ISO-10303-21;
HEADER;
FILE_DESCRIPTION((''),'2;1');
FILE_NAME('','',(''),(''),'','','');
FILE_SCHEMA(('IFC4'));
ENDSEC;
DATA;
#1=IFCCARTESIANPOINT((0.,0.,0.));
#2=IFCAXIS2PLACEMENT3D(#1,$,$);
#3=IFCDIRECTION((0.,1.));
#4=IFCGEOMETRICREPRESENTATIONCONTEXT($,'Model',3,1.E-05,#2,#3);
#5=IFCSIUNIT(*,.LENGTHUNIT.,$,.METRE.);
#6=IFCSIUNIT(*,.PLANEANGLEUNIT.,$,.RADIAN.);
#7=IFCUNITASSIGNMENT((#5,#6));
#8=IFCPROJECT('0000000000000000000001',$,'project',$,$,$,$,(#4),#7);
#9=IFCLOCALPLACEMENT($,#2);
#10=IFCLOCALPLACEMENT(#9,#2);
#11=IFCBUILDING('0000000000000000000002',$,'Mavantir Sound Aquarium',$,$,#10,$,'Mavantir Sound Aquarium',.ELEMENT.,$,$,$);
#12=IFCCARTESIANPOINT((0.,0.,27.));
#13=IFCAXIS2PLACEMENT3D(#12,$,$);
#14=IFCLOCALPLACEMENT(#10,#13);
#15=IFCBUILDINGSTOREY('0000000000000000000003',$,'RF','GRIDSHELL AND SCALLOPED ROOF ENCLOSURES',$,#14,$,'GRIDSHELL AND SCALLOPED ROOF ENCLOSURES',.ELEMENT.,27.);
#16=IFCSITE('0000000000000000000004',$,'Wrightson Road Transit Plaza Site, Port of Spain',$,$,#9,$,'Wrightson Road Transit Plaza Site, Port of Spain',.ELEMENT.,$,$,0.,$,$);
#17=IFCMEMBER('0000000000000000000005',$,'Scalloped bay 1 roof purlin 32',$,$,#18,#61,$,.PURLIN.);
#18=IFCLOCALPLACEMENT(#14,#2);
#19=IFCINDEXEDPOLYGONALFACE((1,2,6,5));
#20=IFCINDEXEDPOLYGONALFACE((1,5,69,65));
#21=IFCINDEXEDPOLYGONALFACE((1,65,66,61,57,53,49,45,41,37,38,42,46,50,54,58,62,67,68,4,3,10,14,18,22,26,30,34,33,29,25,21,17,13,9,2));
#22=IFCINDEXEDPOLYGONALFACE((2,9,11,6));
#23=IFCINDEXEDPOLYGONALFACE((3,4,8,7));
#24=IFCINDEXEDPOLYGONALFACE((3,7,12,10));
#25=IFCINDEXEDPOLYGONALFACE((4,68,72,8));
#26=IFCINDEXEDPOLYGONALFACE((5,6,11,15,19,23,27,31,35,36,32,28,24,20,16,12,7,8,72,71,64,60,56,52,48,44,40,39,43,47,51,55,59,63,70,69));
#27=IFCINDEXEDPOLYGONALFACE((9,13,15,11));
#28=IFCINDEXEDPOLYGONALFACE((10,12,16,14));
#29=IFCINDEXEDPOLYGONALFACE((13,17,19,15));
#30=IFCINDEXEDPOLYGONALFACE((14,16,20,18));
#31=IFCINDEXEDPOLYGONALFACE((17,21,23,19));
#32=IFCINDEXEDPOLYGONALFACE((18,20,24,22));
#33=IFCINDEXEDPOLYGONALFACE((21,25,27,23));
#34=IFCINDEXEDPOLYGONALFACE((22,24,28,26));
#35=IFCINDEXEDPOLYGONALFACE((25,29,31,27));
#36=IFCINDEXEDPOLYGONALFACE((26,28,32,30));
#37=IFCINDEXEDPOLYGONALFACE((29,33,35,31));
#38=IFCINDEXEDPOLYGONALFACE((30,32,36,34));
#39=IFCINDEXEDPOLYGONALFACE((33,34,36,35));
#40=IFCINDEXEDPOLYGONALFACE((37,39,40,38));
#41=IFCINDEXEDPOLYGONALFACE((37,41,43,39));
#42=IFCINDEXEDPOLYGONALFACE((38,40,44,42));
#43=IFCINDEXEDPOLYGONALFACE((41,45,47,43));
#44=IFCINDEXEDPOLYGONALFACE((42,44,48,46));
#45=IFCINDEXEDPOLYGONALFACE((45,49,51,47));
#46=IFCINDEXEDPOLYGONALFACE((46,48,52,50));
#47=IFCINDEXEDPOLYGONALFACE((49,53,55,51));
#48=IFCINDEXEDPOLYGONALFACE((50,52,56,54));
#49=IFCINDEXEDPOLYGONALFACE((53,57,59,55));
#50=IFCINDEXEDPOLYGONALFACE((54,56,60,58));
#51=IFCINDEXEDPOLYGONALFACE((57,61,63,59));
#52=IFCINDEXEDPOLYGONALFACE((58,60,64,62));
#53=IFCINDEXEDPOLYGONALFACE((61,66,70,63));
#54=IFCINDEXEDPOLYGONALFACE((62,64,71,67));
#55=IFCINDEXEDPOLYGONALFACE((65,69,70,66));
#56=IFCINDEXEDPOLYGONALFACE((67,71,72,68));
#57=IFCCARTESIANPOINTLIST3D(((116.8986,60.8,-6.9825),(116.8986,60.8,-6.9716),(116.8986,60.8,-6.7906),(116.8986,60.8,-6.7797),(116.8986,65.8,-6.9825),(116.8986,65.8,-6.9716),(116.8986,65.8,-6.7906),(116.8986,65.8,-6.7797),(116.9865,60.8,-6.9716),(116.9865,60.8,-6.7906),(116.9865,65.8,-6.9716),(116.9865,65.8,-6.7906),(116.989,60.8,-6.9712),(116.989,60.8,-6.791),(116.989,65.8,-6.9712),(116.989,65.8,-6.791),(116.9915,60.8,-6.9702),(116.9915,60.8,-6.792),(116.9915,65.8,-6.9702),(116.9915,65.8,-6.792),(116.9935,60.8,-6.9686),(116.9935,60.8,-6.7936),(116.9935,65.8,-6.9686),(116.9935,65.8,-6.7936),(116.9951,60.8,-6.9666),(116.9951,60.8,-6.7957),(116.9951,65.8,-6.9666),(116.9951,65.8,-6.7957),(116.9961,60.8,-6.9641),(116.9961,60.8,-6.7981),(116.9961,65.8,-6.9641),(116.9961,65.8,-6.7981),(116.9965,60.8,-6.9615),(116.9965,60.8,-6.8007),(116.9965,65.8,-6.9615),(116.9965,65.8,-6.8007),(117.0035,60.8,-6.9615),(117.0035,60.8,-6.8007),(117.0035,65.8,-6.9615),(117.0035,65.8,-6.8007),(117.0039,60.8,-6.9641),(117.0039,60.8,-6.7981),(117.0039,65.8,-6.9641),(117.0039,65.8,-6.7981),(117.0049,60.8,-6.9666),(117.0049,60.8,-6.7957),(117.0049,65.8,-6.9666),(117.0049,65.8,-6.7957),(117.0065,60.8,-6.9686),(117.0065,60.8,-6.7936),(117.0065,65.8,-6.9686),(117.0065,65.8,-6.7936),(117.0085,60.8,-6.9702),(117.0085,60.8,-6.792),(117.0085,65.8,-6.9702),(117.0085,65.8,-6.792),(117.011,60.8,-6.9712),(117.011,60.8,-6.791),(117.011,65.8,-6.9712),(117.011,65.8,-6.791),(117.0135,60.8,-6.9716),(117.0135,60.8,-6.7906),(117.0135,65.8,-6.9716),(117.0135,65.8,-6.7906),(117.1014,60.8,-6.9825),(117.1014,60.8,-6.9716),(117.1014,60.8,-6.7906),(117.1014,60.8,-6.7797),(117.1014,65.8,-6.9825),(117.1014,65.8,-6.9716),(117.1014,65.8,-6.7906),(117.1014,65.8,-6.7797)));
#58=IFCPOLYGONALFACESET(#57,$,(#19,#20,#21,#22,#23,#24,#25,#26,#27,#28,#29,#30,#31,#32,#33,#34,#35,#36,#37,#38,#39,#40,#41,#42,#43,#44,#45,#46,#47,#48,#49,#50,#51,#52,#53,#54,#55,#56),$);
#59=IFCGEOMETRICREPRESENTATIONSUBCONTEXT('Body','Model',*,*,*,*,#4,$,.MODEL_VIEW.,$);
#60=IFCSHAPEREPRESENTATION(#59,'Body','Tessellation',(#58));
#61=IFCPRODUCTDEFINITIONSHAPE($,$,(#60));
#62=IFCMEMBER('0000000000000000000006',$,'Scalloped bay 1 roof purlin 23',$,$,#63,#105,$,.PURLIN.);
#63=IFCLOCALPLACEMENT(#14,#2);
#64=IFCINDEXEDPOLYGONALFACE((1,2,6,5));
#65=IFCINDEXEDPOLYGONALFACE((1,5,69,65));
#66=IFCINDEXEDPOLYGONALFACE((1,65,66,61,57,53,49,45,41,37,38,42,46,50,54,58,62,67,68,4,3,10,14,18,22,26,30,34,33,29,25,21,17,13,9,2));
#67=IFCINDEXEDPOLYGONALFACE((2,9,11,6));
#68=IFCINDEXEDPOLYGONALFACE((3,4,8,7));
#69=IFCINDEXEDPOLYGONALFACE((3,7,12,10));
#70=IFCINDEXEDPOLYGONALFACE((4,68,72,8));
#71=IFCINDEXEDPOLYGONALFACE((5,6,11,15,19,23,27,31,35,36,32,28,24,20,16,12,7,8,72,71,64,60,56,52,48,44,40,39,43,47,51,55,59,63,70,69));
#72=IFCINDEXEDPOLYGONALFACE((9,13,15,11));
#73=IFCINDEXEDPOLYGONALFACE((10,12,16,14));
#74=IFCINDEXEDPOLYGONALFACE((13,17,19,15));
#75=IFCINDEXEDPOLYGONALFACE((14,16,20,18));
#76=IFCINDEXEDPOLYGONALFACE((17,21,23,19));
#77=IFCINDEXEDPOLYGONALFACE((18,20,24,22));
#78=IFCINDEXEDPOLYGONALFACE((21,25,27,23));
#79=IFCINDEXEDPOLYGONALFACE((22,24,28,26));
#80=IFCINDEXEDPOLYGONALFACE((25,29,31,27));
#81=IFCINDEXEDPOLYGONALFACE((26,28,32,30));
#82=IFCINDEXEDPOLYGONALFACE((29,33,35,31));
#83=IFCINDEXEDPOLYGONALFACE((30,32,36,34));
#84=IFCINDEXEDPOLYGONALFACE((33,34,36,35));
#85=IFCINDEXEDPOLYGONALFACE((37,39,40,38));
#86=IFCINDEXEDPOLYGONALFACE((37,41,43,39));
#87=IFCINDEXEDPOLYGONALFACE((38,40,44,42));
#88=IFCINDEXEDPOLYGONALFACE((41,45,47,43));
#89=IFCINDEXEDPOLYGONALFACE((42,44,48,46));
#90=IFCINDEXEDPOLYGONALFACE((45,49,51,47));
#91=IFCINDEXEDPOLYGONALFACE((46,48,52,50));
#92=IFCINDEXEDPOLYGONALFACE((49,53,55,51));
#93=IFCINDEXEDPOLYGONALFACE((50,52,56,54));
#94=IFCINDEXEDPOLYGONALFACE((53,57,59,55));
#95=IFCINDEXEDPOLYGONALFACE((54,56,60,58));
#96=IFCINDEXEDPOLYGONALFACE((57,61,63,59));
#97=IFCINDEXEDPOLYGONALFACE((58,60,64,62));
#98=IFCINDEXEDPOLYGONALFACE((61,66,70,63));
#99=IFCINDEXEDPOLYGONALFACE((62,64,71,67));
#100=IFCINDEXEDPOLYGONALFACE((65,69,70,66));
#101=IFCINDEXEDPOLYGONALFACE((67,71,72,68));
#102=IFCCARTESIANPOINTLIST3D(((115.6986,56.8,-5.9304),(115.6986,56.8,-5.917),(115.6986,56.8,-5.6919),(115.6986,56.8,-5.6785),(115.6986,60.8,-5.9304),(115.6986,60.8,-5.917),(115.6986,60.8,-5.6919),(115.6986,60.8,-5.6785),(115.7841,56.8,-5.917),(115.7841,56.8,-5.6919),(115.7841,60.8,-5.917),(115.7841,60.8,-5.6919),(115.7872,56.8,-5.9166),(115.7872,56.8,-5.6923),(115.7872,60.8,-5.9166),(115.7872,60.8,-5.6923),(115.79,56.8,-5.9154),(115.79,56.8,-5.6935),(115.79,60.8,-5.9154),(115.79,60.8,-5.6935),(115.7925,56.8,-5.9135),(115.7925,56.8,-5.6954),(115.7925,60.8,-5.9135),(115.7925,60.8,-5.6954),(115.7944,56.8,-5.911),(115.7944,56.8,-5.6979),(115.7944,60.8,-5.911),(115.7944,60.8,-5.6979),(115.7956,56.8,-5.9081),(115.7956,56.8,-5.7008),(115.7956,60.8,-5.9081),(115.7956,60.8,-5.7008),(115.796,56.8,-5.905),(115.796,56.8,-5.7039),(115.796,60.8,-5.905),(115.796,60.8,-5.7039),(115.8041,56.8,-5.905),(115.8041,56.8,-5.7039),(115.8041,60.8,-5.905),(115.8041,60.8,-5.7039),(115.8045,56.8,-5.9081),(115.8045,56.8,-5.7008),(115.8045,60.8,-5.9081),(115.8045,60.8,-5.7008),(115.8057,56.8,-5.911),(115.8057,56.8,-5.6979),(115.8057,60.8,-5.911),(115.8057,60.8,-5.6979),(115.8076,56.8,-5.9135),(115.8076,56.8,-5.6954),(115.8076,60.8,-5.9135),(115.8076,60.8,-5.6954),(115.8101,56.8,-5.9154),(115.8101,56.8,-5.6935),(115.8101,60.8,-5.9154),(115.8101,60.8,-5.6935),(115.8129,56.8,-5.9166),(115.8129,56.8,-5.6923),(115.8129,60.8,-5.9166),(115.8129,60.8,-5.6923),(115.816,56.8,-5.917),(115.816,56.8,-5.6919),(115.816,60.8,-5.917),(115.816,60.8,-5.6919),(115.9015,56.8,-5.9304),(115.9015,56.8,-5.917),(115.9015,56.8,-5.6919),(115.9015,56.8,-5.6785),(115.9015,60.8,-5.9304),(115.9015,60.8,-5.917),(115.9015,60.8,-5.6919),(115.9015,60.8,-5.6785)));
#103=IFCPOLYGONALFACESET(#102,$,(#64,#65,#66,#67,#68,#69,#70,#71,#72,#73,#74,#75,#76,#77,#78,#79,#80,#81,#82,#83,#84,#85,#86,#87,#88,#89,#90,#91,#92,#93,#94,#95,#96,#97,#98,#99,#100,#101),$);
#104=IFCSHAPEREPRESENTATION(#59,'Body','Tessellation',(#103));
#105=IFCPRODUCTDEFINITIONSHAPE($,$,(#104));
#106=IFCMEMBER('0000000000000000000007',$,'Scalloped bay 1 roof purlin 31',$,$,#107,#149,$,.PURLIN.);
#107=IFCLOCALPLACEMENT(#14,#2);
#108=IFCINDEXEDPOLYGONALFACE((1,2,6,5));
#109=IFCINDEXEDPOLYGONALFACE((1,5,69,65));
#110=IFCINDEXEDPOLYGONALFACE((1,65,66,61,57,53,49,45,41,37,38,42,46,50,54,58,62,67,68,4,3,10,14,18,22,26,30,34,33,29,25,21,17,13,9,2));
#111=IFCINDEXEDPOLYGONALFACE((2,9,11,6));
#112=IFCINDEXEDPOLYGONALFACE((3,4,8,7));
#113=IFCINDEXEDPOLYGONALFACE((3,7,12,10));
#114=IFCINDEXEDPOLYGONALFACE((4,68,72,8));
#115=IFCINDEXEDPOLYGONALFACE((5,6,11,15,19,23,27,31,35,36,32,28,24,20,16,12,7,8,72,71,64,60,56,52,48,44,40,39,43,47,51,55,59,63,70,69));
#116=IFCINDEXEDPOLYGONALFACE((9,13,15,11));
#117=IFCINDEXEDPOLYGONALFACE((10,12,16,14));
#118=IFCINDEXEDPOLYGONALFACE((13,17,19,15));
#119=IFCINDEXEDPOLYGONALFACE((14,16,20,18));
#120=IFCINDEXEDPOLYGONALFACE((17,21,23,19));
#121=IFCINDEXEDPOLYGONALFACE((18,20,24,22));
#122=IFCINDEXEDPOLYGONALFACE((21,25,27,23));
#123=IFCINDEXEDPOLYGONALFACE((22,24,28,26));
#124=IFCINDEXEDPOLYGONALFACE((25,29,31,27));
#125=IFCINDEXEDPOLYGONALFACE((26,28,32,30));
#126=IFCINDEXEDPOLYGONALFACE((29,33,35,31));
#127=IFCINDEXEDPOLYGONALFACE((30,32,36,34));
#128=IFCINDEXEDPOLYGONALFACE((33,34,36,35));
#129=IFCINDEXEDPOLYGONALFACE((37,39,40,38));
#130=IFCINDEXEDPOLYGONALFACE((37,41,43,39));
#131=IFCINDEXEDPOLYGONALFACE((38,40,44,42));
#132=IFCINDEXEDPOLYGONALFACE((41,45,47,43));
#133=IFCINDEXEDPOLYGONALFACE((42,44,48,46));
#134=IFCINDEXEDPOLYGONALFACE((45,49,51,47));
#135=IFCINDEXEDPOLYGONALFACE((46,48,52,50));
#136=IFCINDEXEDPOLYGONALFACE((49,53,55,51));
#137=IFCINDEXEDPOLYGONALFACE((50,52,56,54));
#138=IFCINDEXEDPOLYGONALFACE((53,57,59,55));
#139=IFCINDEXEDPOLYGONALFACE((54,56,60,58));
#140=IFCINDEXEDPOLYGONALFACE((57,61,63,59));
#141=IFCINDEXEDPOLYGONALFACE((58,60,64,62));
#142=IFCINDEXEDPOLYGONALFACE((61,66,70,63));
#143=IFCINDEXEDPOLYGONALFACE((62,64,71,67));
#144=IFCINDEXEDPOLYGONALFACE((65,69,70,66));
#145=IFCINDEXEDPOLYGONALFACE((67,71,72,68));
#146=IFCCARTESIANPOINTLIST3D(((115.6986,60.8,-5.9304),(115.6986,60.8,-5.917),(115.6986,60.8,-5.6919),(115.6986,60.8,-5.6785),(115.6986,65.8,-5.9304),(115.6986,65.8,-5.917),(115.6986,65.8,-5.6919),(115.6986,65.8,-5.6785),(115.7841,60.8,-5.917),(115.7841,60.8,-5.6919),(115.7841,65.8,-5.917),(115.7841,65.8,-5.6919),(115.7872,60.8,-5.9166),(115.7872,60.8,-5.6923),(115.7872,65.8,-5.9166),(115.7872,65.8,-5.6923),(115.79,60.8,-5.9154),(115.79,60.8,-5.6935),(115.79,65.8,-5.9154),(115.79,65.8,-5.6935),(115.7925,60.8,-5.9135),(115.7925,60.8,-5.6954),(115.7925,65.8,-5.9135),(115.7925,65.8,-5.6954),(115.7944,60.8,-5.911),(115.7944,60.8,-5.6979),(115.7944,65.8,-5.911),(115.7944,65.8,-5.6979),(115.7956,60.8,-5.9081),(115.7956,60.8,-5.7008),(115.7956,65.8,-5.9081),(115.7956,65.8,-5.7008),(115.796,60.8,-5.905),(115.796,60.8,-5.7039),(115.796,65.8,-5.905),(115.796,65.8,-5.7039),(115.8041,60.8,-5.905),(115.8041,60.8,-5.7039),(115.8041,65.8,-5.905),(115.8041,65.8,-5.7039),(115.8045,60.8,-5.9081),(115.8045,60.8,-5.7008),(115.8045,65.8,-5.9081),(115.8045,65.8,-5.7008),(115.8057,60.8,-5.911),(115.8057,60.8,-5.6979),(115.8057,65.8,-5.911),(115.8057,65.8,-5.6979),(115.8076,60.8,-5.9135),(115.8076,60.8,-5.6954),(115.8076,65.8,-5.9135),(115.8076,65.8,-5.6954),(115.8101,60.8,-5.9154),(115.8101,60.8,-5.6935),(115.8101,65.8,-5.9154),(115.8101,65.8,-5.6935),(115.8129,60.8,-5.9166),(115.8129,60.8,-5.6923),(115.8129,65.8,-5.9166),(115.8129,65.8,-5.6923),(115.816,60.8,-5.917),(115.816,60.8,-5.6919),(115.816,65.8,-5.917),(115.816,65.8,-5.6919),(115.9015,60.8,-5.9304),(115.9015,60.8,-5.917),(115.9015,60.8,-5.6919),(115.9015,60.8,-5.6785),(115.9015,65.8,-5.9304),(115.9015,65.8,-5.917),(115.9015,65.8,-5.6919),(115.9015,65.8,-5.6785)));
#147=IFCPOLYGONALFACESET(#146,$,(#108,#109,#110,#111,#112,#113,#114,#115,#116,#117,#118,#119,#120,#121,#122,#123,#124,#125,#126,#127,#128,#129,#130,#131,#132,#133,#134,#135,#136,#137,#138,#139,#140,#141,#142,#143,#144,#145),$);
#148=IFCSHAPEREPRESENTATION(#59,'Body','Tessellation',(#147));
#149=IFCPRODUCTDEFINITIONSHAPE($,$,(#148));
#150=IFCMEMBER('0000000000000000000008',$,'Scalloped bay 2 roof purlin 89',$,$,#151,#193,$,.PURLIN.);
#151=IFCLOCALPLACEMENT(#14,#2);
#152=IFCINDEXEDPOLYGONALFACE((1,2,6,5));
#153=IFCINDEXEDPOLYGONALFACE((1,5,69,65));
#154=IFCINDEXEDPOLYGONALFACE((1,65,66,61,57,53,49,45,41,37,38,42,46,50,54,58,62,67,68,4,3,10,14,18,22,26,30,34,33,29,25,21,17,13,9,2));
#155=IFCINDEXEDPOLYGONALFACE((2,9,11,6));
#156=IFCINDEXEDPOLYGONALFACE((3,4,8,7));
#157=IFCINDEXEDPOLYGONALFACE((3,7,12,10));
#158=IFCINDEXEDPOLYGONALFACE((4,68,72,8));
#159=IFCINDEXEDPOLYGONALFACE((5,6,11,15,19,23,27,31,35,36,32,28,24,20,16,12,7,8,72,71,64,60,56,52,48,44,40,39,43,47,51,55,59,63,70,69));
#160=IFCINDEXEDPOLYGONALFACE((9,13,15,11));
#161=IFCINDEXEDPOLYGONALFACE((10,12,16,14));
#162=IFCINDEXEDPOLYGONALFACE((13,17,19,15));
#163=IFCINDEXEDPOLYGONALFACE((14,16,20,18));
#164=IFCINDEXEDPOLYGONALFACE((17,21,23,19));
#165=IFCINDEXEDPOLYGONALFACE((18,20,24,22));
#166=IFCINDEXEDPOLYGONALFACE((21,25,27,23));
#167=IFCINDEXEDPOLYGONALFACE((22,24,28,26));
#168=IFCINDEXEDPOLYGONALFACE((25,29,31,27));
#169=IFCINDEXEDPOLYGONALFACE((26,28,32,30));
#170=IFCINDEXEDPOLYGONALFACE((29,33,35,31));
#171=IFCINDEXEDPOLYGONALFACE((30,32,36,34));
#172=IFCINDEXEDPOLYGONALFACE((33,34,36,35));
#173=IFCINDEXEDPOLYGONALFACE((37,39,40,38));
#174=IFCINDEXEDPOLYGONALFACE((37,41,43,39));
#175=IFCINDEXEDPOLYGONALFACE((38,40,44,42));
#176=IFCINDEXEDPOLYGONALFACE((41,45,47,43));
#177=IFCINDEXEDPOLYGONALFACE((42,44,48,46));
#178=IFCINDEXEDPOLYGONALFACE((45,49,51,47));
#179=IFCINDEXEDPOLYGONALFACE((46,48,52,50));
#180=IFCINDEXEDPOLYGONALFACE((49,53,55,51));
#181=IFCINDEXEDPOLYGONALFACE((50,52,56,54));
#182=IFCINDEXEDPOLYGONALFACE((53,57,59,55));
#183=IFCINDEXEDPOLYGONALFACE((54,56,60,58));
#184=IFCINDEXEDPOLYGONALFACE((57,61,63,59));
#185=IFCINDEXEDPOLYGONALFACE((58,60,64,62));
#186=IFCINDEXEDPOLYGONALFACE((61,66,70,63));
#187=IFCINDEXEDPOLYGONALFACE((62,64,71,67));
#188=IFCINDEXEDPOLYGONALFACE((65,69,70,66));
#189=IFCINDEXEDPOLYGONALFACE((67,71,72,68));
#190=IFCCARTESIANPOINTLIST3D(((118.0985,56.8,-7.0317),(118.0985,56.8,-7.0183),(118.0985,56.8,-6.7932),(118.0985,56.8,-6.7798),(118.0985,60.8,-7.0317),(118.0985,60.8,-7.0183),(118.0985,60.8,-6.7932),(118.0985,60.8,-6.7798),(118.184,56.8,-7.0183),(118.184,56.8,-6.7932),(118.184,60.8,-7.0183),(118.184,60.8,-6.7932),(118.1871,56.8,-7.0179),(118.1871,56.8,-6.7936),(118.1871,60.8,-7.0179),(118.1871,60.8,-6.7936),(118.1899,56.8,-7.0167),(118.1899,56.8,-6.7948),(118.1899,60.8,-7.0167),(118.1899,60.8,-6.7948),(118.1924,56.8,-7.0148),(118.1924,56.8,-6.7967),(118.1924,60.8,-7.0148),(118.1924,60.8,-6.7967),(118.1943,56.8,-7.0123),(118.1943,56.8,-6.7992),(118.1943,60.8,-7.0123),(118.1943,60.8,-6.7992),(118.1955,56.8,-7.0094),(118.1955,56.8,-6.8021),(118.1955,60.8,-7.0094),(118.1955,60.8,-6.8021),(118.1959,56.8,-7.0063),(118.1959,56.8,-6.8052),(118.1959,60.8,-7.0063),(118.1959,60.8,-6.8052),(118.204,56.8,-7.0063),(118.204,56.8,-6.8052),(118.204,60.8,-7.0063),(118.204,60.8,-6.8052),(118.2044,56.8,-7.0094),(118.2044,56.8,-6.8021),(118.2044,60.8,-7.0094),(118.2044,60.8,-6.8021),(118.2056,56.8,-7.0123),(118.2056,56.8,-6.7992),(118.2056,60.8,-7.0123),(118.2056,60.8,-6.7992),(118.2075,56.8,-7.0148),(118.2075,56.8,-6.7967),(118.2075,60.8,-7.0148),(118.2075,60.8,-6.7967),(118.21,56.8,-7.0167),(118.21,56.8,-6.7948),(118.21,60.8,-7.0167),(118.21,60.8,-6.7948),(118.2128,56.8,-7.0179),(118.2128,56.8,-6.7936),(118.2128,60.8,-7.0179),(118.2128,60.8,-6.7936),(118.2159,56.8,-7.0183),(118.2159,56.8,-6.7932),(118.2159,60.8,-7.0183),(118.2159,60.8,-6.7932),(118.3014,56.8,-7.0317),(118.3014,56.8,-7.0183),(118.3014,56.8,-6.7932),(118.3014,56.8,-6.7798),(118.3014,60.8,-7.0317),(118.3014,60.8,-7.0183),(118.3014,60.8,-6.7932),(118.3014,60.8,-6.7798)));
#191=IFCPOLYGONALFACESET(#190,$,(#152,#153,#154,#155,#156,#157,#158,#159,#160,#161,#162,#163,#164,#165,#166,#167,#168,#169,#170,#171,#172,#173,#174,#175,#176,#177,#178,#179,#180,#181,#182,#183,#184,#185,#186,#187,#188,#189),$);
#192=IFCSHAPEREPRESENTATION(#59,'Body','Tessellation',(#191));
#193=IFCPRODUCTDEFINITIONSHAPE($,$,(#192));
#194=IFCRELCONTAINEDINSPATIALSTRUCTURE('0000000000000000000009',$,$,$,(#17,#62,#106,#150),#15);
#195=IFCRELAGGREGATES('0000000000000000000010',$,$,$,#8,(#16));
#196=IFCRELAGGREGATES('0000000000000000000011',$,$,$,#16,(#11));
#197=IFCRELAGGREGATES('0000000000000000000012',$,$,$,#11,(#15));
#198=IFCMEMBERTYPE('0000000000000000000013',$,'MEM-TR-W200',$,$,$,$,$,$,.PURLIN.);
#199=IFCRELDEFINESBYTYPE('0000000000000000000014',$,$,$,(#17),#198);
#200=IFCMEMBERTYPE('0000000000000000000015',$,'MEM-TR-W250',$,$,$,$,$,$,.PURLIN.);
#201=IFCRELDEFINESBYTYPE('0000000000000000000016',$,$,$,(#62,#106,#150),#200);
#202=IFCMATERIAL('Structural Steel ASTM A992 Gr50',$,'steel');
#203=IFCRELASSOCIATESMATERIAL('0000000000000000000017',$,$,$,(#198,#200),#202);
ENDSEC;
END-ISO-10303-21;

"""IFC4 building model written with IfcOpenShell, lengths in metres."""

from ifc_helpers import new_model, si_unit, direction, frame, origin, origin_2d, place, context, subcontext, project, spatial, i_section, extrude, material, material_profile, profile_set, type_object, element, save


model = new_model("IFC4")

# Units and contexts
model_context = context("Model", 3, precision=1e-05, world=origin(), true_north=direction((0.0, 1.0)))
body_context = subcontext(model_context, "Body", "Model", "MODEL_VIEW")
ifc_project = project(units=[si_unit("LENGTHUNIT", "METRE"), si_unit("PLANEANGLEUNIT", "RADIAN")], contexts=[model_context])

# Site, building, storey
site_placement = place(None, origin())
site = spatial("IfcSite", under=ifc_project, at=site_placement, Name="Wrightson Road Transit Plaza Site, Port of Spain", LongName="Wrightson Road Transit Plaza Site, Port of Spain", CompositionType="ELEMENT", RefElevation=0.0)
building_placement = place(site_placement, origin())
building = spatial("IfcBuilding", under=site, at=building_placement, Name="Mavantir Sound Aquarium", LongName="Mavantir Sound Aquarium", CompositionType="ELEMENT")
storey_placement = place(building_placement, frame((0.0, 0.0, 27.0)))
storey = spatial("IfcBuildingStorey", under=building, at=storey_placement, Name="RF", Description="GRIDSHELL AND SCALLOPED ROOF ENCLOSURES", LongName="GRIDSHELL AND SCALLOPED ROOF ENCLOSURES", CompositionType="ELEMENT", Elevation=27.0)

# Shared definitions
ifc_material_1 = material(Name="Structural Steel ASTM A992 Gr50", Category="steel")

# Members
ifc_material_profile_1 = material_profile(ifc_material_1, i_section(OverallWidth=0.2029, OverallDepth=0.2029, WebThickness=0.0071, FlangeThickness=0.011, FilletRadius=0.01, at=origin_2d()), Name="W200X46")
ifc_profile_set_1 = profile_set([ifc_material_profile_1], Name="Structural Steel ASTM A992 Gr50")
member_type_1 = type_object("IfcMemberType", Name="MEM-TR-W200", PredefinedType="PURLIN", material=ifc_profile_set_1)
for number, where, z_axis, x_axis, name in (
    (1, (117.0, 60.8, -6.8811), (0.0, 1.0, 0.0), (-1.0, 0.0, 0.0), "Scalloped bay 1 roof purlin 32"),
):
    element("IfcMember", number, at=place(storey_placement, frame(where, z_axis=z_axis, x_axis=x_axis)), inside=storey, type_object=member_type_1, Name=name, PredefinedType="PURLIN", context=body_context, shape_type="SweptSolid", body=[
        extrude(i_section(OverallWidth=0.2029, OverallDepth=0.2029, WebThickness=0.0071, FlangeThickness=0.011, FilletRadius=0.01, at=origin_2d()), origin(), (0.0, 0.0, 1.0), 5.0),
    ])
ifc_material_profile_2 = material_profile(ifc_material_1, i_section(OverallWidth=0.2029, OverallDepth=0.252, WebThickness=0.0081, FlangeThickness=0.0134, FilletRadius=0.012, at=origin_2d()), Name="W250X58")
ifc_profile_set_2 = profile_set([ifc_material_profile_2], Name="Structural Steel ASTM A992 Gr50")
member_type_2 = type_object("IfcMemberType", Name="MEM-TR-W250", PredefinedType="PURLIN", material=ifc_profile_set_2)
member_1_placement = place(storey_placement, frame((115.8, 56.8, -5.8044), z_axis=(0.0, 1.0, 0.0), x_axis=(-1.0, 0.0, 0.0)))
element("IfcMember", 2, at=member_1_placement, inside=storey, type_object=member_type_2, Name="Scalloped bay 1 roof purlin 23", PredefinedType="PURLIN", context=body_context, shape_type="SweptSolid", body=[
    extrude(i_section(OverallWidth=0.2029, OverallDepth=0.252, WebThickness=0.0081, FlangeThickness=0.0134, FilletRadius=0.012, at=origin_2d()), origin(), (0.0, 0.0, 1.0), 4.0),
])
member_2_placement = place(storey_placement, frame((115.8, 60.8, -5.8044), z_axis=(0.0, 1.0, 0.0), x_axis=(-1.0, 0.0, 0.0)))
element("IfcMember", 3, at=member_2_placement, inside=storey, type_object=member_type_2, Name="Scalloped bay 1 roof purlin 31", PredefinedType="PURLIN", context=body_context, shape_type="SweptSolid", body=[
    extrude(i_section(OverallWidth=0.2029, OverallDepth=0.252, WebThickness=0.0081, FlangeThickness=0.0134, FilletRadius=0.012, at=origin_2d()), origin(), (0.0, 0.0, 1.0), 5.0),
])
member_3_placement = place(storey_placement, frame((118.2, 56.8, -6.9058), z_axis=(0.0, 1.0, 0.0), x_axis=(-1.0, 0.0, 0.0)))
element("IfcMember", 4, at=member_3_placement, inside=storey, type_object=member_type_2, Name="Scalloped bay 2 roof purlin 89", PredefinedType="PURLIN", context=body_context, shape_type="SweptSolid", body=[
    extrude(i_section(OverallWidth=0.2029, OverallDepth=0.252, WebThickness=0.0081, FlangeThickness=0.0134, FilletRadius=0.012, at=origin_2d()), origin(), (0.0, 0.0, 1.0), 4.0),
])

save(model, "model.ifc")
